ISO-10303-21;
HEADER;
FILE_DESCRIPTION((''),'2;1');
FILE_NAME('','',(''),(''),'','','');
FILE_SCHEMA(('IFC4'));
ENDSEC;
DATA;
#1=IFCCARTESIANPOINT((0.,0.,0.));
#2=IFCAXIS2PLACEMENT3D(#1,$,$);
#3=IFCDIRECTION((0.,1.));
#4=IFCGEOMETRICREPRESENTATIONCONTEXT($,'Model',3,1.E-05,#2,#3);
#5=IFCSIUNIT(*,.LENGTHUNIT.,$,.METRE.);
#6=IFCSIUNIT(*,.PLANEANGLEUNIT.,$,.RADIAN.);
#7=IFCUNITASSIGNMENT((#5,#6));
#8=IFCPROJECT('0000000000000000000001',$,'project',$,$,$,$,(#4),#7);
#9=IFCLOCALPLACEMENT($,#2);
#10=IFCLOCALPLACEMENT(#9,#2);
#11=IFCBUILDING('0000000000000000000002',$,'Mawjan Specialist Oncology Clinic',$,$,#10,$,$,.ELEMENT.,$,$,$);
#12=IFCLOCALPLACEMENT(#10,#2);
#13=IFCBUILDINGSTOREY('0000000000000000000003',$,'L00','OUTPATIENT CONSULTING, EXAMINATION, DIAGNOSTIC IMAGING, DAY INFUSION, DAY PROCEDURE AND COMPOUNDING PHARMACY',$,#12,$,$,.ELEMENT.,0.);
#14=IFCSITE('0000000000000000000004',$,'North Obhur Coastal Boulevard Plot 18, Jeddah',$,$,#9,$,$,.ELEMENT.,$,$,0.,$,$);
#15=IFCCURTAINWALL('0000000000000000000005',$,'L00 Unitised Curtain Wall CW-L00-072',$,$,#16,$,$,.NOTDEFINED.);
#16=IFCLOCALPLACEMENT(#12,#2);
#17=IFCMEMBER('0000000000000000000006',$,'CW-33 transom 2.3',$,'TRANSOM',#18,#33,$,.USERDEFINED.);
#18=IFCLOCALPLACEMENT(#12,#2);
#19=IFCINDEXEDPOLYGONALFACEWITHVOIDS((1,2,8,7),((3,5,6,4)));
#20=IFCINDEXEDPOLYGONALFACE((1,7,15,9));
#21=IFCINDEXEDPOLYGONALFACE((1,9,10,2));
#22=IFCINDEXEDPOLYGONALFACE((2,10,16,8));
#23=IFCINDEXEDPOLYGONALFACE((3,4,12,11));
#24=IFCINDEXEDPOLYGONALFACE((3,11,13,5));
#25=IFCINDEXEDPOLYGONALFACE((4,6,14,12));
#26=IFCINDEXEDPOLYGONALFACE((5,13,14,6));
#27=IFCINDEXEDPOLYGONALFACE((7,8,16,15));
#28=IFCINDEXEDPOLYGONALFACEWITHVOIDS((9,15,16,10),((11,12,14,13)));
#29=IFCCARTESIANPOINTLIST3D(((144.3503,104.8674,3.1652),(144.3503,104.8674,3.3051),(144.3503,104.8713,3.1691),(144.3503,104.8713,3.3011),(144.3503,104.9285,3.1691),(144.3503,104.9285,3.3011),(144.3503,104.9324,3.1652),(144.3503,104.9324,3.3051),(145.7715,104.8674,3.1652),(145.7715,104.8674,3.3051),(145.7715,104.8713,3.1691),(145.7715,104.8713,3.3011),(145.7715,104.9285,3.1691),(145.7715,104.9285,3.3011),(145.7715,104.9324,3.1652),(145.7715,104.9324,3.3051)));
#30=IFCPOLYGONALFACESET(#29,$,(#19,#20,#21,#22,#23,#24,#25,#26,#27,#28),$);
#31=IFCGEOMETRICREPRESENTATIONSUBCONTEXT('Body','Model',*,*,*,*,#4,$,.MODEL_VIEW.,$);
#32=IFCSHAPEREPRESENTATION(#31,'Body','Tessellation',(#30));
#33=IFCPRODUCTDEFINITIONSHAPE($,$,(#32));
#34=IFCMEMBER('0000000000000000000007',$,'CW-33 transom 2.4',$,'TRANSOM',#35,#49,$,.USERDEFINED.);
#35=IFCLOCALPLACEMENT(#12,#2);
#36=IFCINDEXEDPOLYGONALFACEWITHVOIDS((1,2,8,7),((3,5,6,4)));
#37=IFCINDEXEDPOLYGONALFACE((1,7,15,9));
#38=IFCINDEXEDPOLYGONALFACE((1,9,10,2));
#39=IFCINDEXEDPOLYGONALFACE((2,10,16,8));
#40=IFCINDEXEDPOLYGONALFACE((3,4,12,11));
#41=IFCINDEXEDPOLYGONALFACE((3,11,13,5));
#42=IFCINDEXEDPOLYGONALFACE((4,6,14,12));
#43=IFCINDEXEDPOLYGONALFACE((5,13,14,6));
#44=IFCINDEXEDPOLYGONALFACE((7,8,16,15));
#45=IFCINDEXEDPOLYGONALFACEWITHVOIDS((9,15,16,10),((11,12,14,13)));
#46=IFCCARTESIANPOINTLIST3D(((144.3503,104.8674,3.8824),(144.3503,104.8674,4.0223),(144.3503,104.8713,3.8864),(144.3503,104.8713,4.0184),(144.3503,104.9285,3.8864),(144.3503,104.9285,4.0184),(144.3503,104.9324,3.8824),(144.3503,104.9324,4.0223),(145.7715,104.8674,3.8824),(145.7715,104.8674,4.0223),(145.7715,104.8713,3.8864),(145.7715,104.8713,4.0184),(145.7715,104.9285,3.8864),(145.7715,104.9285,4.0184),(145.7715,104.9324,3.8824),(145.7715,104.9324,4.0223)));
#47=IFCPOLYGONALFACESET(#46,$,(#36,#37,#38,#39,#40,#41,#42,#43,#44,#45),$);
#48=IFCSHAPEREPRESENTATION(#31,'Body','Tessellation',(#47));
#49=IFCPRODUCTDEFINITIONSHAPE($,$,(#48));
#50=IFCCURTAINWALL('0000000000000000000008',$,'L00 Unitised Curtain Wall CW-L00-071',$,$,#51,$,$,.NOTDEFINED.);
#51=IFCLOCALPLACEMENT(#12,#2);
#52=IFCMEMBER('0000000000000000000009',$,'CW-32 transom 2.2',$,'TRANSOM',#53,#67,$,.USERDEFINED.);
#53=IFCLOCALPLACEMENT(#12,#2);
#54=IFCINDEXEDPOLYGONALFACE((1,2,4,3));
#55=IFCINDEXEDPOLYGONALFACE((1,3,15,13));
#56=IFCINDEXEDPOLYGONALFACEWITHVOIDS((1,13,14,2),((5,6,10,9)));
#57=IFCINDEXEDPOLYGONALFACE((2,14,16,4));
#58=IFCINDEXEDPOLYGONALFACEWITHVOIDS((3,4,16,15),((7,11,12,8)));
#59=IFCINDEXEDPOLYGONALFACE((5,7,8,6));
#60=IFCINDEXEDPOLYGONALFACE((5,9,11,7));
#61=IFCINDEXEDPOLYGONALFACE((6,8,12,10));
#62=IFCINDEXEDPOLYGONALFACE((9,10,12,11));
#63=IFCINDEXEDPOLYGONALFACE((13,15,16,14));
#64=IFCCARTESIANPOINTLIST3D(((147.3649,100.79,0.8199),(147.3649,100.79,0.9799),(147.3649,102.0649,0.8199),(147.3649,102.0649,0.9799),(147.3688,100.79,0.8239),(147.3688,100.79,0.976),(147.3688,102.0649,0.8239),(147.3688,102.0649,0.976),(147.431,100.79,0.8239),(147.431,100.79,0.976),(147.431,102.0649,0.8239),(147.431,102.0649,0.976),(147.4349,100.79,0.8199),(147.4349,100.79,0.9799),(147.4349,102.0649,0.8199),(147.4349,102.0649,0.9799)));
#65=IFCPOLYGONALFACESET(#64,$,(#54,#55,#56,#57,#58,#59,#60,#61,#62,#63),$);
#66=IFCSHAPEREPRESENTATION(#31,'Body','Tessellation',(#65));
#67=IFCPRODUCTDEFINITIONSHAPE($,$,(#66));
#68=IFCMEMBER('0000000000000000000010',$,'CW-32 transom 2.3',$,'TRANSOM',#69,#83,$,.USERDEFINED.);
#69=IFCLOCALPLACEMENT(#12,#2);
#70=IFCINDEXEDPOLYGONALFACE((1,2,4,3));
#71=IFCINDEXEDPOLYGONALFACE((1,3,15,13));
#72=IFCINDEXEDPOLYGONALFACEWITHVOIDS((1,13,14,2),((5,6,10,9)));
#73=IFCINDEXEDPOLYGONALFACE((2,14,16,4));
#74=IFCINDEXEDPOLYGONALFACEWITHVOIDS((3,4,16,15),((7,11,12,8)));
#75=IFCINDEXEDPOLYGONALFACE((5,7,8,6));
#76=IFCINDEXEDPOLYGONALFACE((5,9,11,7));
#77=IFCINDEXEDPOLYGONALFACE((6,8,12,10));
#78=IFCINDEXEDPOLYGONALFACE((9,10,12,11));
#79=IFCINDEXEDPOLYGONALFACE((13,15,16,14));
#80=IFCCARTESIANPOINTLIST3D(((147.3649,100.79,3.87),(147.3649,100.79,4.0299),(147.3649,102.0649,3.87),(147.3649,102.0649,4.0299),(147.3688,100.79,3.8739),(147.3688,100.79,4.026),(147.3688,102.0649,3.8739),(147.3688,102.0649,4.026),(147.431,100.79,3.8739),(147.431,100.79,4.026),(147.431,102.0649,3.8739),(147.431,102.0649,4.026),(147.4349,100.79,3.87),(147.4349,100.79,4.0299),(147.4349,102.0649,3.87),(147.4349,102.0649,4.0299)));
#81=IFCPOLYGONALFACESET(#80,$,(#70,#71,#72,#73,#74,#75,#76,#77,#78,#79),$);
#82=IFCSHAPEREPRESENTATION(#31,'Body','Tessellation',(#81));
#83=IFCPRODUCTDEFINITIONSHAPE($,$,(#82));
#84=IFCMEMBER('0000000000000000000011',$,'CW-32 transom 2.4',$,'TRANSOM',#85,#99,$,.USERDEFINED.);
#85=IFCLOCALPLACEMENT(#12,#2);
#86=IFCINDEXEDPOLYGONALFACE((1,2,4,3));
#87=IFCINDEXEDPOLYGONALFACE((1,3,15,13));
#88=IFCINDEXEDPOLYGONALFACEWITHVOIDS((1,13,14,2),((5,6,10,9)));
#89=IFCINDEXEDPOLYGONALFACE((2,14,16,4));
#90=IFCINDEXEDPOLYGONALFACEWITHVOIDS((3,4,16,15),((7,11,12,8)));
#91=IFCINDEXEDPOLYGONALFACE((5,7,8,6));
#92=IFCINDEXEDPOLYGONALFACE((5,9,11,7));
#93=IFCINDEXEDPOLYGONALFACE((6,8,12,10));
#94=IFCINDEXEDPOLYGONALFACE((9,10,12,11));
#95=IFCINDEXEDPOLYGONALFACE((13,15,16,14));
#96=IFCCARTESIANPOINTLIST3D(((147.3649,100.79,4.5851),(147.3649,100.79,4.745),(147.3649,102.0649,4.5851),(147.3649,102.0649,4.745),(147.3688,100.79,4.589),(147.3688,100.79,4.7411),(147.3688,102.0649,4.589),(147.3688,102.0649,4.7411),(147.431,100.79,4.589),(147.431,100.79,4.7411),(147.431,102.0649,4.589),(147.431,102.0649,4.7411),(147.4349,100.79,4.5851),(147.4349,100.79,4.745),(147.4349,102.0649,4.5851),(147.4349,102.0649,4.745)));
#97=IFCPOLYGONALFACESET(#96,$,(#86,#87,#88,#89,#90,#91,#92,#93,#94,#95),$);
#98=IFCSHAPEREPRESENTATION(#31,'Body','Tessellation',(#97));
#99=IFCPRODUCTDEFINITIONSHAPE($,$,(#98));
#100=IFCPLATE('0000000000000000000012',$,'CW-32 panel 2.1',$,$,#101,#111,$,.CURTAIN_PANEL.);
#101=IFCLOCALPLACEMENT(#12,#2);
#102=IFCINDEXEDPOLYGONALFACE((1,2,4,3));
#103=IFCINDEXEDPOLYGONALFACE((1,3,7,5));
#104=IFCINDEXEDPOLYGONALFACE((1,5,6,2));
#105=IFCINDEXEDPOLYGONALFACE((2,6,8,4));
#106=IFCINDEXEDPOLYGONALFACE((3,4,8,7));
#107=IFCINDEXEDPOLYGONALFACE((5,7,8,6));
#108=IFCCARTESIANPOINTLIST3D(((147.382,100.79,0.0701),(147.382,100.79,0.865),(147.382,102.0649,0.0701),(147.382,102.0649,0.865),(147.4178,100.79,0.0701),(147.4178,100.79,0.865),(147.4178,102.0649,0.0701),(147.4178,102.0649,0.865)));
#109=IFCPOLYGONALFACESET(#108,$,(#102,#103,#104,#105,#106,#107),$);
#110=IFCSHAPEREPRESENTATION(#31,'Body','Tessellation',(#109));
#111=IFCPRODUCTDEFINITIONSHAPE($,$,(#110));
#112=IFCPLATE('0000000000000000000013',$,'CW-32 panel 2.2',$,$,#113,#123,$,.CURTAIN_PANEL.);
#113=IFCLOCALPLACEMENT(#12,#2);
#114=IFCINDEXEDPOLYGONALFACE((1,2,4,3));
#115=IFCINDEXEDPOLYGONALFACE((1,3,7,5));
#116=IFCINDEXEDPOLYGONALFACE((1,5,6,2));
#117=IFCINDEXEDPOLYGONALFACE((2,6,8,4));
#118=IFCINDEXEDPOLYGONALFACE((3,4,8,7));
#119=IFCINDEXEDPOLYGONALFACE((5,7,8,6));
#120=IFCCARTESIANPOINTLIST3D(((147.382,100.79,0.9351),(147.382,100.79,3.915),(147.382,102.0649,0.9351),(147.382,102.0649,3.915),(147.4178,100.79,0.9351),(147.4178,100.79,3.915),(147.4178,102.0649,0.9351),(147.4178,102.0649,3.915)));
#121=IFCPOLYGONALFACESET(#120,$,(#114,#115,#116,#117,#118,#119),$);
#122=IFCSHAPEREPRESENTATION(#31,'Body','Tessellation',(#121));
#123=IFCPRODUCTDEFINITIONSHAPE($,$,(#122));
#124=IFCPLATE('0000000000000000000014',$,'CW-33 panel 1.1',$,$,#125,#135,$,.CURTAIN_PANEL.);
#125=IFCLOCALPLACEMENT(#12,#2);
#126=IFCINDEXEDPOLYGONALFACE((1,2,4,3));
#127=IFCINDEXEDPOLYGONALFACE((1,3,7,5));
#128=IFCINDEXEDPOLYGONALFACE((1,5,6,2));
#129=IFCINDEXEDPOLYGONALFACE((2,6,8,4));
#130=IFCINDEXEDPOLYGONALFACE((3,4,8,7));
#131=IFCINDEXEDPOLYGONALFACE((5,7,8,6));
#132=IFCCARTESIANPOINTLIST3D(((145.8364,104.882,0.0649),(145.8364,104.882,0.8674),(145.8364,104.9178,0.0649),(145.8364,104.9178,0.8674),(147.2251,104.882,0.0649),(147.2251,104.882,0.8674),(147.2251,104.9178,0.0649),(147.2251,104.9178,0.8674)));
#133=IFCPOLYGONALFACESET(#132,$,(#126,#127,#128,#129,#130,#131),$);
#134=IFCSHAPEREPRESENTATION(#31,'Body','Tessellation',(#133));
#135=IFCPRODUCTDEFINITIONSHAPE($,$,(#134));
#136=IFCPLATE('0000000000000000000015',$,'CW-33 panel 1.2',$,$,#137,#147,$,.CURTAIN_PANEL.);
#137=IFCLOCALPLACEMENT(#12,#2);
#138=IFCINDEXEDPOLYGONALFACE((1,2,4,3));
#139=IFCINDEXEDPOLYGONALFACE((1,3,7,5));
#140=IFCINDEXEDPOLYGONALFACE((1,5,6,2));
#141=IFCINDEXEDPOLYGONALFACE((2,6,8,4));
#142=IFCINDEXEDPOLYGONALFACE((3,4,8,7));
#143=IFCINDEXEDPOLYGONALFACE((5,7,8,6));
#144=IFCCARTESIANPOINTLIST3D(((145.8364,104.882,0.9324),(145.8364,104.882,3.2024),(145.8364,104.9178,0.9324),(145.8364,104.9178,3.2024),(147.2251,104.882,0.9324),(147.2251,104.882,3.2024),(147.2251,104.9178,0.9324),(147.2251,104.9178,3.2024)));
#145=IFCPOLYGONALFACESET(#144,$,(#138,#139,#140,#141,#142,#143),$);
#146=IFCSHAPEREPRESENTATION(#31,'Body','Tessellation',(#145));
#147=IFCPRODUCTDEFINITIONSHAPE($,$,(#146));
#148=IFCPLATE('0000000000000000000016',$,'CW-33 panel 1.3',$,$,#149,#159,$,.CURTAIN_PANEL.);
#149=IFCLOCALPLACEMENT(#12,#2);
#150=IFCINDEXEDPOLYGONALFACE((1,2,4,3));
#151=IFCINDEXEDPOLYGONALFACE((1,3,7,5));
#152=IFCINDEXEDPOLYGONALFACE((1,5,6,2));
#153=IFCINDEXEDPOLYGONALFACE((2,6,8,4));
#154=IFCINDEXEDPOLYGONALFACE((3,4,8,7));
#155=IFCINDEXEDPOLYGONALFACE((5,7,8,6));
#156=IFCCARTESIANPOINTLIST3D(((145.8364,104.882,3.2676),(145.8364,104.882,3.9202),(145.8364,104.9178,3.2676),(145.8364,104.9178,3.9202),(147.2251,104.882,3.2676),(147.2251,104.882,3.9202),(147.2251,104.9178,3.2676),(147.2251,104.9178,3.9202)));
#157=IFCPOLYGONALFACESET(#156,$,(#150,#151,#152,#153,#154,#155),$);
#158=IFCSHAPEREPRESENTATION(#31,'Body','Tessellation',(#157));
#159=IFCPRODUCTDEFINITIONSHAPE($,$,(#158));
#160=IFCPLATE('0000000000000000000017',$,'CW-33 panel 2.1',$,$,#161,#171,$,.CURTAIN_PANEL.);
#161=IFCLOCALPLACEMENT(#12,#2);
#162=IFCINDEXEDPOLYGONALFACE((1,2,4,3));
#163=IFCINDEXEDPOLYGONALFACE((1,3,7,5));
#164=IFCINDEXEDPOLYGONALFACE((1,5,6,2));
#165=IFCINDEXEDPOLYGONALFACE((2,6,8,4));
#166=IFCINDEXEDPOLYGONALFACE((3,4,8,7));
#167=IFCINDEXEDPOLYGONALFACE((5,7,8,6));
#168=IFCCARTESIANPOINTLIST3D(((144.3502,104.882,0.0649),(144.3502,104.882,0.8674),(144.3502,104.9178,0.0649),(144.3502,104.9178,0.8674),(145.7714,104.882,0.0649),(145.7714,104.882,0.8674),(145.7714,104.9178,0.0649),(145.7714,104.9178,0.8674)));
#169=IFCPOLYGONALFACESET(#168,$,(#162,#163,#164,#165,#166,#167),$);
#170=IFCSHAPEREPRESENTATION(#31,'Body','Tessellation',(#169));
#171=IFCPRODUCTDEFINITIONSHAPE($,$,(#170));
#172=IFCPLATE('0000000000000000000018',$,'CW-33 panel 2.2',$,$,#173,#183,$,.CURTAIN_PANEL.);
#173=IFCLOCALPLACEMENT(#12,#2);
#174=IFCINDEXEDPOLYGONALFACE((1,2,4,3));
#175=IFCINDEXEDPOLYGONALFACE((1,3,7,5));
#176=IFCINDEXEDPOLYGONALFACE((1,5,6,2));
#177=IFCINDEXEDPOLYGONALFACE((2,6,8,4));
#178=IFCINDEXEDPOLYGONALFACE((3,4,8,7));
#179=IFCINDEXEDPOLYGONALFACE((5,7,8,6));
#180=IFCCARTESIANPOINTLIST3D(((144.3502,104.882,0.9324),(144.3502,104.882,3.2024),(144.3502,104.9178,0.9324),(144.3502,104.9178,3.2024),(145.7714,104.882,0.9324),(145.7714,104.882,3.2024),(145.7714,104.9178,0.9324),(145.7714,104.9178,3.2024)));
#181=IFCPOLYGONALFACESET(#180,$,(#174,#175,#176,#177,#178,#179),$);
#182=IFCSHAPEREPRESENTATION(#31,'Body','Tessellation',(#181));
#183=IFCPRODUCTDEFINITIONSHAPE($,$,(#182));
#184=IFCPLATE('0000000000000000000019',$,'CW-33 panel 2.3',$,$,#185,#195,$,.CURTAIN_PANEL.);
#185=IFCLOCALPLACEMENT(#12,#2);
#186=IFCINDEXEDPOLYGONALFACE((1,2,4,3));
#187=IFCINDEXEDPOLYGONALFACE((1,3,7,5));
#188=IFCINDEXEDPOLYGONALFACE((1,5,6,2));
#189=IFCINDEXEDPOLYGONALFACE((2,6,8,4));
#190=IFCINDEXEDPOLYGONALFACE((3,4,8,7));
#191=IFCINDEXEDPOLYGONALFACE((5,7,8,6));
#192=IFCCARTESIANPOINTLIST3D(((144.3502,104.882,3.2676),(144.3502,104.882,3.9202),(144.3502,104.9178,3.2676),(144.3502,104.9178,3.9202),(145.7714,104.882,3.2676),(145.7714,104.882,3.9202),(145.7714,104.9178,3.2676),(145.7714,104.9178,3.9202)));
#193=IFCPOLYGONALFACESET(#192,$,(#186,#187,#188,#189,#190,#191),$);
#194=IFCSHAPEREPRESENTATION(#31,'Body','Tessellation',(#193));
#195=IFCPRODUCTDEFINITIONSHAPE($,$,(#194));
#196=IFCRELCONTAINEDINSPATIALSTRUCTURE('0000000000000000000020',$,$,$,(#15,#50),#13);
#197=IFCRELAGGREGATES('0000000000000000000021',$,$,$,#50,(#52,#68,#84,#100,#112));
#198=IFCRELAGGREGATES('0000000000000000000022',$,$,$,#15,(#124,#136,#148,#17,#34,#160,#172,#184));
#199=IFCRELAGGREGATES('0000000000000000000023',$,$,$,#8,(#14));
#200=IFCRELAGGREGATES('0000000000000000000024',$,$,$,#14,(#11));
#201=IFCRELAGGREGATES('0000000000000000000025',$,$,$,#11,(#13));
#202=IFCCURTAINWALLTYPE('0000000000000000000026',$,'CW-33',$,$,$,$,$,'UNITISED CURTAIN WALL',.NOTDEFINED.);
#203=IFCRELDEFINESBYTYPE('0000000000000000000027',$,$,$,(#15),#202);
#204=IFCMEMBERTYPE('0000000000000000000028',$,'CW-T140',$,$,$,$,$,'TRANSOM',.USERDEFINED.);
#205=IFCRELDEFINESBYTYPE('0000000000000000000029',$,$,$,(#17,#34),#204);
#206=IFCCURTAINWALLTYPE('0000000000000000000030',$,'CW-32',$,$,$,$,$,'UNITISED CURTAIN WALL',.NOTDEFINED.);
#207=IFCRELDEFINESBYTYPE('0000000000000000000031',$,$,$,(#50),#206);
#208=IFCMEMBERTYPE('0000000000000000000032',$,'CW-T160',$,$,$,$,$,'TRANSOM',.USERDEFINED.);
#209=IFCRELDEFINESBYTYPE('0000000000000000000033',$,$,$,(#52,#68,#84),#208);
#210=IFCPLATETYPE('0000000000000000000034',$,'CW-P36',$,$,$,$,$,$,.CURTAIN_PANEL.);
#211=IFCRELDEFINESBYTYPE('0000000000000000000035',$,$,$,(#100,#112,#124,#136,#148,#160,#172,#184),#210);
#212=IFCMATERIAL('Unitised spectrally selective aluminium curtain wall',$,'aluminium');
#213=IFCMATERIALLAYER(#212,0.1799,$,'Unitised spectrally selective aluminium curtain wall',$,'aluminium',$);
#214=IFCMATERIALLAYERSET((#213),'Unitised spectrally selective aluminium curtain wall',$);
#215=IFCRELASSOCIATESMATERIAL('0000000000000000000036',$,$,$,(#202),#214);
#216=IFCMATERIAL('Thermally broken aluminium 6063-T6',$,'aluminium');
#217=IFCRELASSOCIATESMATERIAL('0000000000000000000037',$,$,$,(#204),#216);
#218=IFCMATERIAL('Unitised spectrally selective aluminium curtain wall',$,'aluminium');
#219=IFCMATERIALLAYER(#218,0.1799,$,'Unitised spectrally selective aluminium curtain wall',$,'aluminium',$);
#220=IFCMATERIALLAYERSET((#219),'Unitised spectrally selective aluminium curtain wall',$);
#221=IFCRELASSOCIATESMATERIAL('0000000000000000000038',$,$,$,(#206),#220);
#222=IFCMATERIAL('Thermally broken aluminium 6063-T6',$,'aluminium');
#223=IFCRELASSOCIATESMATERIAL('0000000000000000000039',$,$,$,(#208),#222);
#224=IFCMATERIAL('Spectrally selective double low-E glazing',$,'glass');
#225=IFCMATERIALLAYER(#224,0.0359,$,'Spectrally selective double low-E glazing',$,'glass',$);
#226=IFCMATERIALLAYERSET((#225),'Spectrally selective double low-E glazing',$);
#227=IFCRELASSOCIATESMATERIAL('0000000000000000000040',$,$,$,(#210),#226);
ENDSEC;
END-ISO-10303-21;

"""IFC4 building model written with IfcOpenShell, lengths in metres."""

from ifc_helpers import new_model, si_unit, direction, frame, origin, origin_2d, place, context, subcontext, project, spatial, rectangle, hollow_rectangle, extrude, material, layer, layer_set, material_profile, profile_set, type_object, element, aggregate, save


model = new_model("IFC4")

# Units and contexts
model_context = context("Model", 3, precision=1e-05, world=origin(), true_north=direction((0.0, 1.0)))
body_context = subcontext(model_context, "Body", "Model", "MODEL_VIEW")
ifc_project = project(units=[si_unit("LENGTHUNIT", "METRE"), si_unit("PLANEANGLEUNIT", "RADIAN")], contexts=[model_context])

# Site, building, storey
site_placement = place(None, origin())
site = spatial("IfcSite", under=ifc_project, at=site_placement, Name="North Obhur Coastal Boulevard Plot 18, Jeddah", CompositionType="ELEMENT", RefElevation=0.0)
building_placement = place(site_placement, origin())
building = spatial("IfcBuilding", under=site, at=building_placement, Name="Mawjan Specialist Oncology Clinic", CompositionType="ELEMENT")
storey_placement = place(building_placement, origin())
storey = spatial("IfcBuildingStorey", under=building, at=storey_placement, Name="L00", Description="OUTPATIENT CONSULTING, EXAMINATION, DIAGNOSTIC IMAGING, DAY INFUSION, DAY PROCEDURE AND COMPOUNDING PHARMACY", CompositionType="ELEMENT", Elevation=0.0)

# Curtain wall, members
ifc_material_1 = material(Name="Unitised spectrally selective aluminium curtain wall", Category="aluminium")
ifc_layer_1 = layer(ifc_material_1, 0.1799, Name="Unitised spectrally selective aluminium curtain wall", Category="aluminium")
ifc_layer_set_1 = layer_set([ifc_layer_1], Name="Unitised spectrally selective aluminium curtain wall")
curtain_wall_type_1 = type_object("IfcCurtainWallType", Name="CW-33", ElementType="UNITISED CURTAIN WALL", PredefinedType="NOTDEFINED", material=ifc_layer_set_1)
curtain_wall_1_placement = place(storey_placement, origin())
curtain_wall_1 = element("IfcCurtainWall", 1, at=curtain_wall_1_placement, inside=storey, type_object=curtain_wall_type_1, Name="L00 Unitised Curtain Wall CW-L00-072", PredefinedType="NOTDEFINED")
ifc_material_2 = material(Name="Thermally broken aluminium 6063-T6", Category="aluminium")
ifc_material_profile_1 = material_profile(ifc_material_2, hollow_rectangle(XDim=0.0649, YDim=0.1399, WallThickness=0.0039, at=origin_2d()), Name="ALU TRANSOM 140x65x4", Category="aluminium")
ifc_profile_set_1 = profile_set([ifc_material_profile_1], Name="Thermally broken aluminium 6063-T6")
member_type_1 = type_object("IfcMemberType", Name="CW-T140", ElementType="TRANSOM", PredefinedType="USERDEFINED", material=ifc_profile_set_1)
member_1_placement = place(storey_placement, frame((145.7715, 104.8999, 3.2351), z_axis=(-1.0, 0.0, 0.0), x_axis=(0.0, -1.0, 0.0)))
member_1 = element("IfcMember", 2, at=member_1_placement, type_object=member_type_1, Name="CW-33 transom 2.3", ObjectType="TRANSOM", PredefinedType="USERDEFINED", context=body_context, shape_type="SweptSolid", body=[
    extrude(hollow_rectangle(XDim=0.0649, YDim=0.1399, WallThickness=0.0039, at=origin_2d()), origin(), (0.0, 0.0, 1.0), 1.4211),
])
member_2_placement = place(storey_placement, frame((145.7715, 104.8999, 3.9524), z_axis=(-1.0, 0.0, 0.0), x_axis=(0.0, -1.0, 0.0)))
member_2 = element("IfcMember", 3, at=member_2_placement, type_object=member_type_1, Name="CW-33 transom 2.4", ObjectType="TRANSOM", PredefinedType="USERDEFINED", context=body_context, shape_type="SweptSolid", body=[
    extrude(hollow_rectangle(XDim=0.0649, YDim=0.1399, WallThickness=0.0039, at=origin_2d()), origin(), (0.0, 0.0, 1.0), 1.4211),
])

# Curtain wall, members, plates
ifc_material_3 = material(Name="Unitised spectrally selective aluminium curtain wall", Category="aluminium")
ifc_layer_2 = layer(ifc_material_3, 0.1799, Name="Unitised spectrally selective aluminium curtain wall", Category="aluminium")
ifc_layer_set_2 = layer_set([ifc_layer_2], Name="Unitised spectrally selective aluminium curtain wall")
curtain_wall_type_2 = type_object("IfcCurtainWallType", Name="CW-32", ElementType="UNITISED CURTAIN WALL", PredefinedType="NOTDEFINED", material=ifc_layer_set_2)
curtain_wall_2_placement = place(storey_placement, origin())
curtain_wall_2 = element("IfcCurtainWall", 4, at=curtain_wall_2_placement, inside=storey, type_object=curtain_wall_type_2, Name="L00 Unitised Curtain Wall CW-L00-071", PredefinedType="NOTDEFINED")
ifc_material_4 = material(Name="Thermally broken aluminium 6063-T6", Category="aluminium")
ifc_material_profile_2 = material_profile(ifc_material_4, hollow_rectangle(XDim=0.0701, YDim=0.1599, WallThickness=0.0039, at=origin_2d()), Name="ALU TRANSOM 160x70x4", Category="aluminium")
ifc_profile_set_2 = profile_set([ifc_material_profile_2], Name="Thermally broken aluminium 6063-T6")
member_type_2 = type_object("IfcMemberType", Name="CW-T160", ElementType="TRANSOM", PredefinedType="USERDEFINED", material=ifc_profile_set_2)
member_3_placement = place(storey_placement, frame((147.3999, 100.79, 0.8999), z_axis=(0.0, 1.0, 0.0), x_axis=(-1.0, 0.0, 0.0)))
member_3 = element("IfcMember", 5, at=member_3_placement, type_object=member_type_2, Name="CW-32 transom 2.2", ObjectType="TRANSOM", PredefinedType="USERDEFINED", context=body_context, shape_type="SweptSolid", body=[
    extrude(hollow_rectangle(XDim=0.0701, YDim=0.1599, WallThickness=0.0039, at=origin_2d()), origin(), (0.0, 0.0, 1.0), 1.2749),
])
member_4_placement = place(storey_placement, frame((147.3999, 100.79, 3.95), z_axis=(0.0, 1.0, 0.0), x_axis=(-1.0, 0.0, 0.0)))
member_4 = element("IfcMember", 6, at=member_4_placement, type_object=member_type_2, Name="CW-32 transom 2.3", ObjectType="TRANSOM", PredefinedType="USERDEFINED", context=body_context, shape_type="SweptSolid", body=[
    extrude(hollow_rectangle(XDim=0.0701, YDim=0.1599, WallThickness=0.0039, at=origin_2d()), origin(), (0.0, 0.0, 1.0), 1.2749),
])
member_5_placement = place(storey_placement, frame((147.3999, 100.79, 4.665), z_axis=(0.0, 1.0, 0.0), x_axis=(-1.0, 0.0, 0.0)))
member_5 = element("IfcMember", 7, at=member_5_placement, type_object=member_type_2, Name="CW-32 transom 2.4", ObjectType="TRANSOM", PredefinedType="USERDEFINED", context=body_context, shape_type="SweptSolid", body=[
    extrude(hollow_rectangle(XDim=0.0701, YDim=0.1599, WallThickness=0.0039, at=origin_2d()), origin(), (0.0, 0.0, 1.0), 1.2749),
])
ifc_material_5 = material(Name="Spectrally selective double low-E glazing", Category="glass")
ifc_layer_3 = layer(ifc_material_5, 0.0359, Name="Spectrally selective double low-E glazing", Category="glass")
ifc_layer_set_3 = layer_set([ifc_layer_3], Name="Spectrally selective double low-E glazing")
plate_type = type_object("IfcPlateType", Name="CW-P36", PredefinedType="CURTAIN_PANEL", material=ifc_layer_set_3)
plate_1_placement = place(storey_placement, frame((147.3999, 101.4275, 0.0701), z_axis=(0.0, 0.0, 1.0), x_axis=(0.0, 1.0, 0.0)))
plate_1 = element("IfcPlate", 8, at=plate_1_placement, type_object=plate_type, Name="CW-32 panel 2.1", PredefinedType="CURTAIN_PANEL", context=body_context, shape_type="SweptSolid", body=[
    extrude(rectangle(XDim=1.2749, YDim=0.0359, at=origin_2d()), origin(), (0.0, 0.0, 1.0), 0.7949),
])
plate_2_placement = place(storey_placement, frame((147.3999, 101.4275, 0.9351), z_axis=(0.0, 0.0, 1.0), x_axis=(0.0, 1.0, 0.0)))
plate_2 = element("IfcPlate", 9, at=plate_2_placement, type_object=plate_type, Name="CW-32 panel 2.2", PredefinedType="CURTAIN_PANEL", context=body_context, shape_type="SweptSolid", body=[
    extrude(rectangle(XDim=1.2749, YDim=0.0359, at=origin_2d()), origin(), (0.0, 0.0, 1.0), 2.98),
])
aggregate(curtain_wall_2, [member_3, member_4, member_5, plate_1, plate_2])

# Plates
plate_3_placement = place(storey_placement, frame((146.5308, 104.8999, 0.0649), z_axis=(0.0, 0.0, 1.0), x_axis=(-1.0, 0.0, 0.0)))
plate_3 = element("IfcPlate", 10, at=plate_3_placement, type_object=plate_type, Name="CW-33 panel 1.1", PredefinedType="CURTAIN_PANEL", context=body_context, shape_type="SweptSolid", body=[
    extrude(rectangle(XDim=1.3887, YDim=0.0359, at=origin_2d()), origin(), (0.0, 0.0, 1.0), 0.8025),
])
plate_4_placement = place(storey_placement, frame((146.5308, 104.8999, 0.9324), z_axis=(0.0, 0.0, 1.0), x_axis=(-1.0, 0.0, 0.0)))
plate_4 = element("IfcPlate", 11, at=plate_4_placement, type_object=plate_type, Name="CW-33 panel 1.2", PredefinedType="CURTAIN_PANEL", context=body_context, shape_type="SweptSolid", body=[
    extrude(rectangle(XDim=1.3887, YDim=0.0359, at=origin_2d()), origin(), (0.0, 0.0, 1.0), 2.27),
])
plate_5_placement = place(storey_placement, frame((146.5308, 104.8999, 3.2676), z_axis=(0.0, 0.0, 1.0), x_axis=(-1.0, 0.0, 0.0)))
plate_5 = element("IfcPlate", 12, at=plate_5_placement, type_object=plate_type, Name="CW-33 panel 1.3", PredefinedType="CURTAIN_PANEL", context=body_context, shape_type="SweptSolid", body=[
    extrude(rectangle(XDim=1.3887, YDim=0.0359, at=origin_2d()), origin(), (0.0, 0.0, 1.0), 0.6526),
])
plate_6_placement = place(storey_placement, frame((145.0608, 104.8999, 0.0649), z_axis=(0.0, 0.0, 1.0), x_axis=(-1.0, 0.0, 0.0)))
plate_6 = element("IfcPlate", 13, at=plate_6_placement, type_object=plate_type, Name="CW-33 panel 2.1", PredefinedType="CURTAIN_PANEL", context=body_context, shape_type="SweptSolid", body=[
    extrude(rectangle(XDim=1.4211, YDim=0.0359, at=origin_2d()), origin(), (0.0, 0.0, 1.0), 0.8025),
])
plate_7_placement = place(storey_placement, frame((145.0608, 104.8999, 0.9324), z_axis=(0.0, 0.0, 1.0), x_axis=(-1.0, 0.0, 0.0)))
plate_7 = element("IfcPlate", 14, at=plate_7_placement, type_object=plate_type, Name="CW-33 panel 2.2", PredefinedType="CURTAIN_PANEL", context=body_context, shape_type="SweptSolid", body=[
    extrude(rectangle(XDim=1.4211, YDim=0.0359, at=origin_2d()), origin(), (0.0, 0.0, 1.0), 2.27),
])
plate_8_placement = place(storey_placement, frame((145.0608, 104.8999, 3.2676), z_axis=(0.0, 0.0, 1.0), x_axis=(-1.0, 0.0, 0.0)))
plate_8 = element("IfcPlate", 15, at=plate_8_placement, type_object=plate_type, Name="CW-33 panel 2.3", PredefinedType="CURTAIN_PANEL", context=body_context, shape_type="SweptSolid", body=[
    extrude(rectangle(XDim=1.4211, YDim=0.0359, at=origin_2d()), origin(), (0.0, 0.0, 1.0), 0.6526),
])
aggregate(curtain_wall_1, [plate_3, plate_4, plate_5, member_1, member_2, plate_6, plate_7, plate_8])

save(model, "model.ifc")
